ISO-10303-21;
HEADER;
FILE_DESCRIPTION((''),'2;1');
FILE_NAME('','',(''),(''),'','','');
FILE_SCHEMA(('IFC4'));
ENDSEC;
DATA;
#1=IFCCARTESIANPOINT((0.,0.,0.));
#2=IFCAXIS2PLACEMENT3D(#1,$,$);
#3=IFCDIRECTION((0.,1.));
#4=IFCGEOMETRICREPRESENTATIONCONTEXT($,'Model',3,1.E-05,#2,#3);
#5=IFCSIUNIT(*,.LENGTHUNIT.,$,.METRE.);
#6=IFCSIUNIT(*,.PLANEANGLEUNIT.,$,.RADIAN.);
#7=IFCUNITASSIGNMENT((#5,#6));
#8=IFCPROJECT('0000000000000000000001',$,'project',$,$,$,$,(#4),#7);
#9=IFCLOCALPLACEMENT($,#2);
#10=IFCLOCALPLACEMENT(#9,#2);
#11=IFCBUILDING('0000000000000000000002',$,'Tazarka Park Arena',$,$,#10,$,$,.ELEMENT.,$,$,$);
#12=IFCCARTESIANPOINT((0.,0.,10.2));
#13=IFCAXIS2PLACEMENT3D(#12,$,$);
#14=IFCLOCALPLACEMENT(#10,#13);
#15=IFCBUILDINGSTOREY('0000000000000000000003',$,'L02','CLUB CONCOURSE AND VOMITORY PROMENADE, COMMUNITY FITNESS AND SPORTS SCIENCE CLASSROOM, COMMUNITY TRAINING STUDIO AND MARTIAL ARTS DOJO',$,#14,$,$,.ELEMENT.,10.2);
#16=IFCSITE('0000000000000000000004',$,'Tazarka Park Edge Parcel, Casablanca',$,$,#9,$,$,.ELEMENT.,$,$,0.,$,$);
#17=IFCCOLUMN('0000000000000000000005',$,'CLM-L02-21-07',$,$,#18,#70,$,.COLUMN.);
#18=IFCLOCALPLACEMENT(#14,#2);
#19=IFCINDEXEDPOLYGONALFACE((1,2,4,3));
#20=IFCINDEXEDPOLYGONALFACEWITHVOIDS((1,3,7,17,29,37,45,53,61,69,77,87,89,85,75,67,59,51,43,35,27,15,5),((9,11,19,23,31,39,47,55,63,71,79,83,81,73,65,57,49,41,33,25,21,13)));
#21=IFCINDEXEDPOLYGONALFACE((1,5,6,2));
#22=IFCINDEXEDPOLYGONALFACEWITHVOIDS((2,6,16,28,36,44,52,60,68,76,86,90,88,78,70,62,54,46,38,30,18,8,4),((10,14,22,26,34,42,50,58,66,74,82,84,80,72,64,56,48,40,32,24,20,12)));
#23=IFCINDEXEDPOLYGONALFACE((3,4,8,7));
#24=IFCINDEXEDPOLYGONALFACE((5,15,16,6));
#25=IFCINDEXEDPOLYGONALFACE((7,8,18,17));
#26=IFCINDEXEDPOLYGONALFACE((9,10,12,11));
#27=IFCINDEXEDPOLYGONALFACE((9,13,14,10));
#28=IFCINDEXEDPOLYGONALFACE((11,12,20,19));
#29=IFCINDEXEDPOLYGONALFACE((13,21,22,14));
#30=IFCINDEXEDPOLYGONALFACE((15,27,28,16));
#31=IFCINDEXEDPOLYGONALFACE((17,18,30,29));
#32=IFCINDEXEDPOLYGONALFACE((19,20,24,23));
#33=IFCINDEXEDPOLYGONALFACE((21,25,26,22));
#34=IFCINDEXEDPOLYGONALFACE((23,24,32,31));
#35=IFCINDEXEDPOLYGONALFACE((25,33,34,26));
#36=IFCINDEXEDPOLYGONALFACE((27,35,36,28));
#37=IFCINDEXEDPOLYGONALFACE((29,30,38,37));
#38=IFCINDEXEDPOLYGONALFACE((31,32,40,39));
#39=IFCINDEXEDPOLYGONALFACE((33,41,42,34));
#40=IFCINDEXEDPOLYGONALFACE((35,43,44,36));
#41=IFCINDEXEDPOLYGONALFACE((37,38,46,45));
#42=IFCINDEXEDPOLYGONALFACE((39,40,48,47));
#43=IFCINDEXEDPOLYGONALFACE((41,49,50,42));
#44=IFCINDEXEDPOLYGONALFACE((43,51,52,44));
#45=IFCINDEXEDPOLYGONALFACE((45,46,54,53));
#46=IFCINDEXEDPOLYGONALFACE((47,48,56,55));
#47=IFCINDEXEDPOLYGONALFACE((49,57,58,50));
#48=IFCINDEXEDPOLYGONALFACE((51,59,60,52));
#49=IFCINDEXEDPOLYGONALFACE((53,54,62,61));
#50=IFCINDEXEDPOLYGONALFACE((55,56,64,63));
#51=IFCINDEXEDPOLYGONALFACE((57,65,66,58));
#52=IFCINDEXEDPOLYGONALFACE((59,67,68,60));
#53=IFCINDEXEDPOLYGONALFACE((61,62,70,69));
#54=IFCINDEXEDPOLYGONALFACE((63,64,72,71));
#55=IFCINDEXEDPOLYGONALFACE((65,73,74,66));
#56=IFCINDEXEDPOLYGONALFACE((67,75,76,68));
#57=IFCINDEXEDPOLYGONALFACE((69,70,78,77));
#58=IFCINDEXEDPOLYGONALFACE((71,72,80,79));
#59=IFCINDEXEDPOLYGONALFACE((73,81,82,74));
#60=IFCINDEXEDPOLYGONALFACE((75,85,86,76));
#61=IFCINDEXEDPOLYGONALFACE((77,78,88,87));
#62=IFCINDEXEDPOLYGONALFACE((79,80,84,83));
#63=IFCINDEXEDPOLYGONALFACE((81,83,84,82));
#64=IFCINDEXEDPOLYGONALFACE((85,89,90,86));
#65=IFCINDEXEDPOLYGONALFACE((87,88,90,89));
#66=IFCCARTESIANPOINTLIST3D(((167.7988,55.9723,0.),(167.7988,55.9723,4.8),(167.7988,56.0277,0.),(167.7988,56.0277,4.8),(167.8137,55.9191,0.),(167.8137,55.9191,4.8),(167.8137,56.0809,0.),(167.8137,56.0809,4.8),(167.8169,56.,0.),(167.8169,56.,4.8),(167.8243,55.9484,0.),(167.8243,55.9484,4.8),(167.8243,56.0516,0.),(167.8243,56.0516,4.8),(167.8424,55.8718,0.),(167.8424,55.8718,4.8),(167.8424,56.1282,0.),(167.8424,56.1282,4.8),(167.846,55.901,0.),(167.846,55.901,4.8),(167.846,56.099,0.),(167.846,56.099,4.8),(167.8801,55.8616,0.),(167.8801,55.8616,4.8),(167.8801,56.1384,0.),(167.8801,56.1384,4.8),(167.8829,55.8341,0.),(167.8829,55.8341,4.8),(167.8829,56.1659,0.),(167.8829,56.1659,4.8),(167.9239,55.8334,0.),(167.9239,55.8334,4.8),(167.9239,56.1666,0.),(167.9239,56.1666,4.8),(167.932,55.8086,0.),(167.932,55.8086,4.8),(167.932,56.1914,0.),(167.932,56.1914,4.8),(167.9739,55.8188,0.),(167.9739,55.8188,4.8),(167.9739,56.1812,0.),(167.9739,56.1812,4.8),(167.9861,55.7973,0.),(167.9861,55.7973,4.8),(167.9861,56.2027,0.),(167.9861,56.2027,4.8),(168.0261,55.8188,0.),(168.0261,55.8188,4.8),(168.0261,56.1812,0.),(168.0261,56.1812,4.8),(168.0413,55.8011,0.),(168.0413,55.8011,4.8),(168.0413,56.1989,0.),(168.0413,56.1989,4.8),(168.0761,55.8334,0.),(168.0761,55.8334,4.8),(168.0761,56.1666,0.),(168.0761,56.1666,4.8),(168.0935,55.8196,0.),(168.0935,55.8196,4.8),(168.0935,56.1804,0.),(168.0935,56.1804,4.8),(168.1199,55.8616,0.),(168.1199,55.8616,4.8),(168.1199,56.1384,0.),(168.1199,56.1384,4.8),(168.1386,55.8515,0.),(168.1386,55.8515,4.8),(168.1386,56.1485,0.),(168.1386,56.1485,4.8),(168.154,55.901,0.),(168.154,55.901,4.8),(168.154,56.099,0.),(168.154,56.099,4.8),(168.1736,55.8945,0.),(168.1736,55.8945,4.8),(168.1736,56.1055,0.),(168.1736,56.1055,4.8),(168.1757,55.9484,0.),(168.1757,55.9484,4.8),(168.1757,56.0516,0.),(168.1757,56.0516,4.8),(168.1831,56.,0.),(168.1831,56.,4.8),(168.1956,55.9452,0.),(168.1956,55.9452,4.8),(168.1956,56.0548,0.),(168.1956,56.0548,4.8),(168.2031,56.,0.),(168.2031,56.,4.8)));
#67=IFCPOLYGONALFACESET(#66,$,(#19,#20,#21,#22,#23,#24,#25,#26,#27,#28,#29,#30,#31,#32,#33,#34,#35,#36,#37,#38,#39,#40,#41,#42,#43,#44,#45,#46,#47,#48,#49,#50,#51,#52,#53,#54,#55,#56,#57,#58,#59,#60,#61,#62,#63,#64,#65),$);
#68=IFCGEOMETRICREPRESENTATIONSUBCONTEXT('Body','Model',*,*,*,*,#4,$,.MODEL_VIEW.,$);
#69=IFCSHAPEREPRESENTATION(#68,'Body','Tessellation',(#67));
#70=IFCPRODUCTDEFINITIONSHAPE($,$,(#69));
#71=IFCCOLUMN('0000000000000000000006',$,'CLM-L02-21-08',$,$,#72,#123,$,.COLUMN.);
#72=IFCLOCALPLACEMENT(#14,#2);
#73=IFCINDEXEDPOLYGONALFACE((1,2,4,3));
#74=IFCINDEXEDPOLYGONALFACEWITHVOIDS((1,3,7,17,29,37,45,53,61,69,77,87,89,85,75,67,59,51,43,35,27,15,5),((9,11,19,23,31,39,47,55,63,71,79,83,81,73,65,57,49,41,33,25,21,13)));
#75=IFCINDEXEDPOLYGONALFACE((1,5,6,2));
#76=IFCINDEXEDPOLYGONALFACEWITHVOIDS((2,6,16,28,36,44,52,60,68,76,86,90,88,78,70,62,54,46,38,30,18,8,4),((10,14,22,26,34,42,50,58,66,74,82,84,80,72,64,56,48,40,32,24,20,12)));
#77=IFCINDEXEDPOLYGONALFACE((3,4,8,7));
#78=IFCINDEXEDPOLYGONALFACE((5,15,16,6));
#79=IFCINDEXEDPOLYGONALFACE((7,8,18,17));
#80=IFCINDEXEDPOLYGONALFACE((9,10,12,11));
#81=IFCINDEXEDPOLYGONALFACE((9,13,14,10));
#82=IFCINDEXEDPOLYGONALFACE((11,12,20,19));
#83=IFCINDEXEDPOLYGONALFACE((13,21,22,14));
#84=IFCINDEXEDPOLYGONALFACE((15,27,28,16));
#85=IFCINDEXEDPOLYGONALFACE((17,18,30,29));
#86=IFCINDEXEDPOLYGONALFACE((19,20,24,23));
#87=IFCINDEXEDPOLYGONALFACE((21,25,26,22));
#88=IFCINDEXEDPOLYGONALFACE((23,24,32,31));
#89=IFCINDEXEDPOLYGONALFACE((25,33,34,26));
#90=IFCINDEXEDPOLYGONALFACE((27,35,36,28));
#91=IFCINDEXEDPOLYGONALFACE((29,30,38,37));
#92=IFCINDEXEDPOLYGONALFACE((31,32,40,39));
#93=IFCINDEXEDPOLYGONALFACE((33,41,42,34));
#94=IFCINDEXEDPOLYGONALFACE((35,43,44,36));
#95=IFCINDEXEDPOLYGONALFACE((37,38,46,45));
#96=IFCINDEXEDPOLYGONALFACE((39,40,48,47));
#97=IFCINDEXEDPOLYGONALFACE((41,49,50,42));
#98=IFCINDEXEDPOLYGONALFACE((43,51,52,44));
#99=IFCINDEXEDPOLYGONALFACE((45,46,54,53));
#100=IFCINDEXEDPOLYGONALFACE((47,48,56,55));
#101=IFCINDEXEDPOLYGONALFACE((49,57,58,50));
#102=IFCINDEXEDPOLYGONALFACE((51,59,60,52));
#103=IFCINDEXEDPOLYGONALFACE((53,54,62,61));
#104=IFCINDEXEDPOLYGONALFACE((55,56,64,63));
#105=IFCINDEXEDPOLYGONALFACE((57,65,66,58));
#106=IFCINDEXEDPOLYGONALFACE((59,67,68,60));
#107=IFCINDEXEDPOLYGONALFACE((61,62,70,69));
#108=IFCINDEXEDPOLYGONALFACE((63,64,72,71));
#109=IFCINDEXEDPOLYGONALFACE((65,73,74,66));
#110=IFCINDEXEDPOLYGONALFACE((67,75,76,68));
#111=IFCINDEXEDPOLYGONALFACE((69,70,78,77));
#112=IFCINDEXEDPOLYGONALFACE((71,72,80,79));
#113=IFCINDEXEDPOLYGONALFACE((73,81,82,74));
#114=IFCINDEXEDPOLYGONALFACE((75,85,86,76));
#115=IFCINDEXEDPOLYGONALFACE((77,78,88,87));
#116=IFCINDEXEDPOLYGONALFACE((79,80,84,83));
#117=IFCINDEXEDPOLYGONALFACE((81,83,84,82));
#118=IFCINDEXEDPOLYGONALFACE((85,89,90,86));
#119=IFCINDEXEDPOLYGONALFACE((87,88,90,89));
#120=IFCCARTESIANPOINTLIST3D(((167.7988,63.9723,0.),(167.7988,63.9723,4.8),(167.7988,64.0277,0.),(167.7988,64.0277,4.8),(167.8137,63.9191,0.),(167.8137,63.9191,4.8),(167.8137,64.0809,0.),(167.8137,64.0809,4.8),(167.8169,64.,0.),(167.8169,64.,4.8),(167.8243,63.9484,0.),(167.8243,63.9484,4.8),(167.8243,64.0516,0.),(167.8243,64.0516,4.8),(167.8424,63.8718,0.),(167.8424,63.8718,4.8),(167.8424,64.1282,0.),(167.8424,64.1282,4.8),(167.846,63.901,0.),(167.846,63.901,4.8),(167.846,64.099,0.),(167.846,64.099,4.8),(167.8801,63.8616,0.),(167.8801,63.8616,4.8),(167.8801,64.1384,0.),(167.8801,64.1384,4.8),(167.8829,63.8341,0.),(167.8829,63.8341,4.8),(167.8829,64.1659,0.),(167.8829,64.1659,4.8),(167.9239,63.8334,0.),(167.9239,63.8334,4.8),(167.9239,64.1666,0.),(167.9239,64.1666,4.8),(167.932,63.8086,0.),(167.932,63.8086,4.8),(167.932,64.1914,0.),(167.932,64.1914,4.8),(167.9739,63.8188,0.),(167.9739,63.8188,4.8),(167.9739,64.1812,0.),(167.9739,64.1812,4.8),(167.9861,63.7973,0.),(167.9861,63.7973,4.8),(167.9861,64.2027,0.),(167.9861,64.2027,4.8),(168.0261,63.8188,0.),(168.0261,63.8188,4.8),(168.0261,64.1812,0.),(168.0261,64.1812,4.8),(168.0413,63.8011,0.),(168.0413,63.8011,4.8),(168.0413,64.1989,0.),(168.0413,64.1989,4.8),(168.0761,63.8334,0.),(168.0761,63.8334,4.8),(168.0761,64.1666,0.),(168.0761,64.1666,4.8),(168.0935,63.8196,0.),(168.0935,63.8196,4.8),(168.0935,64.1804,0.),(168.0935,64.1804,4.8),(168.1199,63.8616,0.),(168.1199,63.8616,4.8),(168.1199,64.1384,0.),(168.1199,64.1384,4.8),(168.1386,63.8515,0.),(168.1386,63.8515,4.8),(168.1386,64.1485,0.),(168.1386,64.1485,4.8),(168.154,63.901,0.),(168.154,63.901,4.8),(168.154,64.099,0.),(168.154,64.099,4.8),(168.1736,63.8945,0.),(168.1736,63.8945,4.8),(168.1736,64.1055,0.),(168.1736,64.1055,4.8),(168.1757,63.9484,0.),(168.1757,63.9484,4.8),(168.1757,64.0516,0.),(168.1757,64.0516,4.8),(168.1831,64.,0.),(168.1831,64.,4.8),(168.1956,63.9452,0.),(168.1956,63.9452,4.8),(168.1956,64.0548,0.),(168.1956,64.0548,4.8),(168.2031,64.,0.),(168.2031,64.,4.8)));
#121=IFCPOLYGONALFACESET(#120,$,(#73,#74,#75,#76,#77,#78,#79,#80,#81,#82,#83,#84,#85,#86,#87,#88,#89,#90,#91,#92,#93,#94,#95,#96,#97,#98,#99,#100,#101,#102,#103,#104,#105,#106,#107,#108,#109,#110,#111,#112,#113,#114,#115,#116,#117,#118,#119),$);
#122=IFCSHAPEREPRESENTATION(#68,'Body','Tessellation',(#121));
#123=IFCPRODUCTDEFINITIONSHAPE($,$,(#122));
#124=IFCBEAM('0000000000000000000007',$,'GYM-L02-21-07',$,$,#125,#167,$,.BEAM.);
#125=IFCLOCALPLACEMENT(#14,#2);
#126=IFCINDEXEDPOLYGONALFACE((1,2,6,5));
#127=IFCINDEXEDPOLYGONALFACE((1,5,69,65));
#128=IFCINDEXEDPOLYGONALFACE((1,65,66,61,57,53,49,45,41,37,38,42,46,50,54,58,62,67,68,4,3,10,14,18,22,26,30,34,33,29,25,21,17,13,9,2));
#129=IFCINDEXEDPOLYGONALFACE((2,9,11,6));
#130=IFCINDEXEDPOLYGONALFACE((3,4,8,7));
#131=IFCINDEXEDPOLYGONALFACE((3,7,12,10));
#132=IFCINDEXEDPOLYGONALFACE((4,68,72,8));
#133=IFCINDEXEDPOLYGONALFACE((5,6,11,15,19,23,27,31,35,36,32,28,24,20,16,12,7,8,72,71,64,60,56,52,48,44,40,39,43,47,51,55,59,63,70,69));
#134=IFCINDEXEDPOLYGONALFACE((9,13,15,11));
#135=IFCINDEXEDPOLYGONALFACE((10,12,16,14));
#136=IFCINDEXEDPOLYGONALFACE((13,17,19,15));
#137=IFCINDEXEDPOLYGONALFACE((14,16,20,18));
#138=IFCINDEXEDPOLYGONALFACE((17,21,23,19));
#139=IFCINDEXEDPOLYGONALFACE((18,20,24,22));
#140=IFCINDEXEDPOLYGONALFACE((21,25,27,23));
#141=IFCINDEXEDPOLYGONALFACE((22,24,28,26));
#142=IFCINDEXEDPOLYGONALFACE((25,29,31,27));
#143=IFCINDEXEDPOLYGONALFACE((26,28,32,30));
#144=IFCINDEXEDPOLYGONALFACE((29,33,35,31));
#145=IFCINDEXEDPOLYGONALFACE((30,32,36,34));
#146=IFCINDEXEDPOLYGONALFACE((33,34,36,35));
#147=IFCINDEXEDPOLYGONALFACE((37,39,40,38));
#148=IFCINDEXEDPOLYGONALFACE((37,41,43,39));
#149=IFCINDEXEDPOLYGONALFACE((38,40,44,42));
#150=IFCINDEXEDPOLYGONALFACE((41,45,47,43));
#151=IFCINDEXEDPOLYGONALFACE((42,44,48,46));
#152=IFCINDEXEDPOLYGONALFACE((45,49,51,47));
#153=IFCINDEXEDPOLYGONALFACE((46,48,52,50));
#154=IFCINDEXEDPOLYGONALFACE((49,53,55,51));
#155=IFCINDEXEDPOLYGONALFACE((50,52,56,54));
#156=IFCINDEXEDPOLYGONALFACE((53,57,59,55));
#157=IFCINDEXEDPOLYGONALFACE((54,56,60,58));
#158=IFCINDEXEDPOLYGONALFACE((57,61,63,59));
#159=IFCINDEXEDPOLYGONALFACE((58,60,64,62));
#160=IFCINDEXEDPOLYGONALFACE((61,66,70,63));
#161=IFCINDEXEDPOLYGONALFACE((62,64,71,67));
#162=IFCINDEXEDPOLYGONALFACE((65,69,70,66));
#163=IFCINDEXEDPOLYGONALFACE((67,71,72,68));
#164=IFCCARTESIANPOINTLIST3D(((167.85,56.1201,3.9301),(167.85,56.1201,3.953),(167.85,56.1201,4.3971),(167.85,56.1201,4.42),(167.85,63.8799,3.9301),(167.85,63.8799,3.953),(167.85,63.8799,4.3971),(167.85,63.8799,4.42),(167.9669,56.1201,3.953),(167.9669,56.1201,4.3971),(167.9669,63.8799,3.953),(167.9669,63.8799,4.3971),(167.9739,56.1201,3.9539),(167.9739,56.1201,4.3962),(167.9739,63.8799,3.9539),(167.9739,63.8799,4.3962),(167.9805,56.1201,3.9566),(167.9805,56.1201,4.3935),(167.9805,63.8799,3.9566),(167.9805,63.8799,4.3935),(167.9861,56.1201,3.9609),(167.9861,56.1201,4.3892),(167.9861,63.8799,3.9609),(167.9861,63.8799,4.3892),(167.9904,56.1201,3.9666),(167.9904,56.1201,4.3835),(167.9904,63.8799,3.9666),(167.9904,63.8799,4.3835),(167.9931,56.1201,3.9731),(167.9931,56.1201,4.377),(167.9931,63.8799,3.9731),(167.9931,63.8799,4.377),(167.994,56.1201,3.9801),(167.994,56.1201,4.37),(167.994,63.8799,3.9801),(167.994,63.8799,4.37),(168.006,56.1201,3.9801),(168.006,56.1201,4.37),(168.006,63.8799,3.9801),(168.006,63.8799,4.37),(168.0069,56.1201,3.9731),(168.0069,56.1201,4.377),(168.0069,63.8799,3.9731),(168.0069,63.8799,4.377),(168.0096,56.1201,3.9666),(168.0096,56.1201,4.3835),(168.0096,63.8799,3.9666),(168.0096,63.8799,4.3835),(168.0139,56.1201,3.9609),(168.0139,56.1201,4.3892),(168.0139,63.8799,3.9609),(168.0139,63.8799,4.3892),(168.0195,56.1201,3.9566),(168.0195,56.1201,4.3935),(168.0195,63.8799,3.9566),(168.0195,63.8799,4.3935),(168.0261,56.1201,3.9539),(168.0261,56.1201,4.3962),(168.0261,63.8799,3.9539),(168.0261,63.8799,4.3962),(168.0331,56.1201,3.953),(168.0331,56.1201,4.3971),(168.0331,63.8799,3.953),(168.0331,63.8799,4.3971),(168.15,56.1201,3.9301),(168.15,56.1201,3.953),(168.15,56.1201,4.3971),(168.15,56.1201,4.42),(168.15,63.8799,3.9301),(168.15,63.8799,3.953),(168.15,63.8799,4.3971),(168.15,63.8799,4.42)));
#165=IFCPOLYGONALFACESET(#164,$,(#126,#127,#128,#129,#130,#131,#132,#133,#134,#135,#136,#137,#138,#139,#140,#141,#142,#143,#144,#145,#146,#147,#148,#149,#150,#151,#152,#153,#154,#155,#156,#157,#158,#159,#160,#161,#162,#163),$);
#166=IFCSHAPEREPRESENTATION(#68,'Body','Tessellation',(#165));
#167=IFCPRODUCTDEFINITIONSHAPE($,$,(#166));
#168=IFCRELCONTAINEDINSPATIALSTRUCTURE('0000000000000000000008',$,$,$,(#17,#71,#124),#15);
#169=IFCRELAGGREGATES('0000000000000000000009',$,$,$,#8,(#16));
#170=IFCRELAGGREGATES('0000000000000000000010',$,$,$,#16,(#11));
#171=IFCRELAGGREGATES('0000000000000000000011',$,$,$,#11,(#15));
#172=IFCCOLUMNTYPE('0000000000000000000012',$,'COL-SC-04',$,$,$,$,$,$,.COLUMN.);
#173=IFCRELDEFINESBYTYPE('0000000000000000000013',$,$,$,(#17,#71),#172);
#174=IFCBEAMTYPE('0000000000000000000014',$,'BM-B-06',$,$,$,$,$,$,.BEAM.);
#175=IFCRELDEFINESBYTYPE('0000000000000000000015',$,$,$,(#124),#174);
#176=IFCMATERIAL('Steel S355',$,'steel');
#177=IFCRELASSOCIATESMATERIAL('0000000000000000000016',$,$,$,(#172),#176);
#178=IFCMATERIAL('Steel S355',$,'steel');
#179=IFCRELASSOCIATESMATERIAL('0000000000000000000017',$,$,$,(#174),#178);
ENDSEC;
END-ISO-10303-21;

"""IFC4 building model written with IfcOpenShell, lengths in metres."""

from ifc_helpers import new_model, si_unit, direction, frame, origin, origin_2d, place, context, subcontext, project, spatial, hollow_circle, i_section, extrude, material, material_profile, profile_set, type_object, element, save


model = new_model("IFC4")

# Units and contexts
model_context = context("Model", 3, precision=1e-05, world=origin(), true_north=direction((0.0, 1.0)))
body_context = subcontext(model_context, "Body", "Model", "MODEL_VIEW")
ifc_project = project(units=[si_unit("LENGTHUNIT", "METRE"), si_unit("PLANEANGLEUNIT", "RADIAN")], contexts=[model_context])

# Site, building, storey
site_placement = place(None, origin())
site = spatial("IfcSite", under=ifc_project, at=site_placement, Name="Tazarka Park Edge Parcel, Casablanca", CompositionType="ELEMENT", RefElevation=0.0)
building_placement = place(site_placement, origin())
building = spatial("IfcBuilding", under=site, at=building_placement, Name="Tazarka Park Arena", CompositionType="ELEMENT")
storey_placement = place(building_placement, frame((0.0, 0.0, 10.2)))
storey = spatial("IfcBuildingStorey", under=building, at=storey_placement, Name="L02", Description="CLUB CONCOURSE AND VOMITORY PROMENADE, COMMUNITY FITNESS AND SPORTS SCIENCE CLASSROOM, COMMUNITY TRAINING STUDIO AND MARTIAL ARTS DOJO", CompositionType="ELEMENT", Elevation=10.2)

# Columns
ifc_material_1 = material(Name="Steel S355", Category="steel")
ifc_material_profile_1 = material_profile(ifc_material_1, hollow_circle(Radius=0.2031, WallThickness=0.02, at=origin_2d()), Name="Steel S355")
ifc_profile_set_1 = profile_set([ifc_material_profile_1], Name="Steel S355")
column_type = type_object("IfcColumnType", Name="COL-SC-04", PredefinedType="COLUMN", material=ifc_profile_set_1)
for number, where, z_axis, x_axis, name in (
    (1, (168.0, 56.0, 0.0), (0.0, 0.0, 1.0), (1.0, 0.0, 0.0), "CLM-L02-21-07"),
    (2, (168.0, 64.0, 0.0), (0.0, 0.0, 1.0), (1.0, 0.0, 0.0), "CLM-L02-21-08"),
):
    element("IfcColumn", number, at=place(storey_placement, frame(where, z_axis=z_axis, x_axis=x_axis)), inside=storey, type_object=column_type, Name=name, PredefinedType="COLUMN", context=body_context, shape_type="SweptSolid", body=[
        extrude(hollow_circle(Radius=0.2031, WallThickness=0.02, at=origin_2d()), origin(), (0.0, 0.0, 1.0), 4.8),
    ])

# Beam
ifc_material_2 = material(Name="Steel S355", Category="steel")
ifc_material_profile_2 = material_profile(ifc_material_2, i_section(OverallWidth=0.3, OverallDepth=0.49, WebThickness=0.012, FlangeThickness=0.0229, FilletRadius=0.0271, at=origin_2d()), Name="Steel S355")
ifc_profile_set_2 = profile_set([ifc_material_profile_2], Name="Steel S355")
beam_type_1 = type_object("IfcBeamType", Name="BM-B-06", PredefinedType="BEAM", material=ifc_profile_set_2)
beam_1_placement = place(storey_placement, frame((168.0, 56.1201, 4.175), z_axis=(0.0, 1.0, 0.0), x_axis=(-1.0, 0.0, 0.0)))
element("IfcBeam", 3, at=beam_1_placement, inside=storey, type_object=beam_type_1, Name="GYM-L02-21-07", PredefinedType="BEAM", context=body_context, shape_type="SweptSolid", body=[
    extrude(i_section(OverallWidth=0.3, OverallDepth=0.49, WebThickness=0.012, FlangeThickness=0.0229, FilletRadius=0.0271, at=origin_2d()), origin(), (0.0, 0.0, 1.0), 7.7598),
])

save(model, "model.ifc")
